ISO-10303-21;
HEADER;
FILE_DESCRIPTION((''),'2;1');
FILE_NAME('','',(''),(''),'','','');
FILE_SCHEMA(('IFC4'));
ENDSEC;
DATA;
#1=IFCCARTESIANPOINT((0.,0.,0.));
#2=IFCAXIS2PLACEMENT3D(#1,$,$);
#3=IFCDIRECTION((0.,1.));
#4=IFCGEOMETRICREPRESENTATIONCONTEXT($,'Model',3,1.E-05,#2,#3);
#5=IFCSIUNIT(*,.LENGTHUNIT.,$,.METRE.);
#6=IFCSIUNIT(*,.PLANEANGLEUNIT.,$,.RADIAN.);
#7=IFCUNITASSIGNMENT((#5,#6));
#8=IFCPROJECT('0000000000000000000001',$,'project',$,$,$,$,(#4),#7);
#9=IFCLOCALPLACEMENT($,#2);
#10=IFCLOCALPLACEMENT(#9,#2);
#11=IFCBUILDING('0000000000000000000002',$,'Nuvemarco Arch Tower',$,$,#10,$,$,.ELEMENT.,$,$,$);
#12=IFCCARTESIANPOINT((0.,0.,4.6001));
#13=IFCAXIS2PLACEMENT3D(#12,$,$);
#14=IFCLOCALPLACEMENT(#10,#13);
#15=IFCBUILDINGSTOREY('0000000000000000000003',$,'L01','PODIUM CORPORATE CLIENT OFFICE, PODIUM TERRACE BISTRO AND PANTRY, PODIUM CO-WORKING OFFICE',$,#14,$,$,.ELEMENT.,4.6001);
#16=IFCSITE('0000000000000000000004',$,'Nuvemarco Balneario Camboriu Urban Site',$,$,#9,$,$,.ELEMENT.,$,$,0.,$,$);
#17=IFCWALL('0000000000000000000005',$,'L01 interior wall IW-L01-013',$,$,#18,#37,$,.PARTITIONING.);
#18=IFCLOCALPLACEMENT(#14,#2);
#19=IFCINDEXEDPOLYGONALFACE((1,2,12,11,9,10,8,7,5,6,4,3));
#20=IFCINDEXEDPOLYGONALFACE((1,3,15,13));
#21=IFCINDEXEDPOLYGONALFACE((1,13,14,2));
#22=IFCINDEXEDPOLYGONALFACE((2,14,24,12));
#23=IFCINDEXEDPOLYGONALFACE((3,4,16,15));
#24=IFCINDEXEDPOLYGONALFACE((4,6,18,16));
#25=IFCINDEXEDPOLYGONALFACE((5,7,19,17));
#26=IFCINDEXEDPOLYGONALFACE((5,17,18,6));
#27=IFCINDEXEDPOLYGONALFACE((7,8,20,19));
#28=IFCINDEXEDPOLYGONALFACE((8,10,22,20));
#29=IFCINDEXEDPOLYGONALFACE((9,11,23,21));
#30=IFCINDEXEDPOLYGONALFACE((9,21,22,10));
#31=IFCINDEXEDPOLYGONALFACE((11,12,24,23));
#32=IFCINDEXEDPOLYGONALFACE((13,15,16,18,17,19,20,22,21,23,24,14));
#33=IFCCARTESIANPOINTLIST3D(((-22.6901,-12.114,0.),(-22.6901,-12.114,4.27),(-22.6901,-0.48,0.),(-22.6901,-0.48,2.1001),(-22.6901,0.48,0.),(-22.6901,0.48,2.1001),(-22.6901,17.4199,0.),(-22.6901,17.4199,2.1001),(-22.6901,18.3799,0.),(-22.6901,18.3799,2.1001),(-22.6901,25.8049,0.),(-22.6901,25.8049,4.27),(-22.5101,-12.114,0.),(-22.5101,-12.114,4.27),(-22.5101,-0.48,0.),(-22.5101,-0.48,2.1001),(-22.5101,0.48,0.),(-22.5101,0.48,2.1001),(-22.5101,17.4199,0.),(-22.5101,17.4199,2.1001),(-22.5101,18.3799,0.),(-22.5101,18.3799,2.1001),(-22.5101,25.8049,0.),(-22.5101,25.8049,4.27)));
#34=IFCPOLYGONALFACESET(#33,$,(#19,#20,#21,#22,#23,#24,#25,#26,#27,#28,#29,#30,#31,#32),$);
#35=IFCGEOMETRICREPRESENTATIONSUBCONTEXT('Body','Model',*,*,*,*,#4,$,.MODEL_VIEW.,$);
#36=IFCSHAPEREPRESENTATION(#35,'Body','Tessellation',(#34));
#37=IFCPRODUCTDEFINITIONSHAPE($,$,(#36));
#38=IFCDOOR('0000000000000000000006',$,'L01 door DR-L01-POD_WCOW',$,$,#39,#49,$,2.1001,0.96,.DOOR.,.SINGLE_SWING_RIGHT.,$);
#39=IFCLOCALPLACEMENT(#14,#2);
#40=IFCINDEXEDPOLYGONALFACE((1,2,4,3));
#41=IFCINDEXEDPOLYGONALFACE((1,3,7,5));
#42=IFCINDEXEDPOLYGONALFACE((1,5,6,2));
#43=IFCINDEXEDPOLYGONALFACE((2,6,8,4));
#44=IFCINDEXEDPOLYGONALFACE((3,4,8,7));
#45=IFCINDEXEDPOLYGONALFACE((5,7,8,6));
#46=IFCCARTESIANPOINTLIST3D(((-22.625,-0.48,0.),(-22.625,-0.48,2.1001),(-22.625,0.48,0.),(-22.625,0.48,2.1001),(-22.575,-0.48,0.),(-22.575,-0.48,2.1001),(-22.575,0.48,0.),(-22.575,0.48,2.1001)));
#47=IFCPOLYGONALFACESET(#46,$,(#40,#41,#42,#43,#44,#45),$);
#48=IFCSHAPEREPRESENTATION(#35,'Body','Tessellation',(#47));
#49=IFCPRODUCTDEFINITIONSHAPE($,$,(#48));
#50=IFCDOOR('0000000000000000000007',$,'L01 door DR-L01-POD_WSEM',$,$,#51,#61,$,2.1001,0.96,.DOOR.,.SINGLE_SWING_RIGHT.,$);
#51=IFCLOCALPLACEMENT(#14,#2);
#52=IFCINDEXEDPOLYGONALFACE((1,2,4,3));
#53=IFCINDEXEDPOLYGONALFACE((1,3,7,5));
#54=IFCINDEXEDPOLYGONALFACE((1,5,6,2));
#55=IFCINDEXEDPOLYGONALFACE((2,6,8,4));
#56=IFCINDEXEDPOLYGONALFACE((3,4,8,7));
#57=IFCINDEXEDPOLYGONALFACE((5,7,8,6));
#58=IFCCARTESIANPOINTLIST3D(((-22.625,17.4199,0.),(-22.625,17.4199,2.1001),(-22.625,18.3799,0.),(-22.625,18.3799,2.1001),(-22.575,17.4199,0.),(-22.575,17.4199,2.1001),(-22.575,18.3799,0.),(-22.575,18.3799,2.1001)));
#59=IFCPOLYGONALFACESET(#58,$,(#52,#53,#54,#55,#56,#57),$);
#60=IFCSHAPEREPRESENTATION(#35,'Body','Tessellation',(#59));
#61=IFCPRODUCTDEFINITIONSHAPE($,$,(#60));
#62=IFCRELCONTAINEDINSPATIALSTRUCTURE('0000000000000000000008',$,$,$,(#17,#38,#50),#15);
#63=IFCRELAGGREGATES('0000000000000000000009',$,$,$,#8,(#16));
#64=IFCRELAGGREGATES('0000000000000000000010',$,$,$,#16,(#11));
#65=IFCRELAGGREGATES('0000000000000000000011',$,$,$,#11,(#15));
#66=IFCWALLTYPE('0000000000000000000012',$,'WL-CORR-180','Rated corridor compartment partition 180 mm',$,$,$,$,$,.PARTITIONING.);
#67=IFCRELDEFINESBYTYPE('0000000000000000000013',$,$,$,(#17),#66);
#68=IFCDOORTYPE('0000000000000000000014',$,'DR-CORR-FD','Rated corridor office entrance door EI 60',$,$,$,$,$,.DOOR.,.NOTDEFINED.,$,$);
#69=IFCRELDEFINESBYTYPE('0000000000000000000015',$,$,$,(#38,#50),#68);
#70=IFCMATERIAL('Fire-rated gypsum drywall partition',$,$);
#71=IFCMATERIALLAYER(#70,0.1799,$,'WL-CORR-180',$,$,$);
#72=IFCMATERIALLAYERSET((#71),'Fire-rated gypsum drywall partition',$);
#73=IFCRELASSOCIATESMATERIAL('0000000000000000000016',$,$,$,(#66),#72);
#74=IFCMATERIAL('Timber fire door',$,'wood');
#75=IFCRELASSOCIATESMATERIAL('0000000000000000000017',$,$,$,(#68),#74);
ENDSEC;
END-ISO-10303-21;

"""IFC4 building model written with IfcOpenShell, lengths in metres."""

from ifc_helpers import new_model, si_unit, direction, frame, frame_2d, origin, place, context, subcontext, project, spatial, rectangle, extrude, source, transform, mapped, material, layer, layer_set, type_object, type_shapes, element, fill, save


model = new_model("IFC4")

# Units and contexts
model_context = context("Model", 3, precision=1e-05, world=origin(), true_north=direction((0.0, 1.0)))
body_context = subcontext(model_context, "Body", "Model", "MODEL_VIEW")
ifc_project = project(units=[si_unit("LENGTHUNIT", "METRE"), si_unit("PLANEANGLEUNIT", "RADIAN")], contexts=[model_context])

# Site, building, storey
site_placement = place(None, origin())
site = spatial("IfcSite", under=ifc_project, at=site_placement, Name="Nuvemarco Balneario Camboriu Urban Site", CompositionType="ELEMENT", RefElevation=0.0)
building_placement = place(site_placement, origin())
building = spatial("IfcBuilding", under=site, at=building_placement, Name="Nuvemarco Arch Tower", CompositionType="ELEMENT")
storey_placement = place(building_placement, frame((0.0, 0.0, 4.6001)))
storey = spatial("IfcBuildingStorey", under=building, at=storey_placement, Name="L01", Description="PODIUM CORPORATE CLIENT OFFICE, PODIUM TERRACE BISTRO AND PANTRY, PODIUM CO-WORKING OFFICE", CompositionType="ELEMENT", Elevation=4.6001)

# Wall, openings, doors
ifc_material_1 = material(Name="Fire-rated gypsum drywall partition")
ifc_layer_1 = layer(ifc_material_1, 0.1799, Name="WL-CORR-180")
ifc_layer_set_1 = layer_set([ifc_layer_1], Name="Fire-rated gypsum drywall partition")
wall_type_1 = type_object("IfcWallType", Name="WL-CORR-180", Description="Rated corridor compartment partition 180 mm", PredefinedType="PARTITIONING", material=ifc_layer_set_1)
wall_1_placement = place(storey_placement, frame((-22.6001, -12.114, 0.0), z_axis=(0.0, 0.0, 1.0), x_axis=(0.0, 1.0, 0.0)))
wall_1 = element("IfcWall", 1, at=wall_1_placement, inside=storey, type_object=wall_type_1, Name="L01 interior wall IW-L01-013", PredefinedType="PARTITIONING", context=body_context, shape_type="SweptSolid", body=[
    extrude(rectangle(XDim=37.9189, YDim=0.1799, at=frame_2d((18.9595, 0.0))), origin(), (0.0, 0.0, 1.0), 4.27),
])
opening_1_placement = place(wall_1_placement, frame((11.634, 0.0, 0.0)))
opening_1 = element("IfcOpeningElement", 2, at=opening_1_placement, cuts=wall_1, PredefinedType="OPENING", context=body_context, shape_type="SweptSolid", body=[
    extrude(rectangle(XDim=0.96, YDim=2.1001, at=frame_2d((0.48, 1.05))), frame((0.0, 0.0999, 0.0), z_axis=(0.0, -1.0, 0.0), x_axis=(1.0, 0.0, 0.0)), (0.0, 0.0, 1.0), 0.2),
])
opening_2_placement = place(wall_1_placement, frame((29.5339, 0.0, 0.0)))
opening_2 = element("IfcOpeningElement", 3, at=opening_2_placement, cuts=wall_1, PredefinedType="OPENING", context=body_context, shape_type="SweptSolid", body=[
    extrude(rectangle(XDim=0.96, YDim=2.1001, at=frame_2d((0.48, 1.05))), frame((0.0, 0.0999, 0.0), z_axis=(0.0, -1.0, 0.0), x_axis=(1.0, 0.0, 0.0)), (0.0, 0.0, 1.0), 0.2),
])
ifc_material_2 = material(Name="Timber fire door", Category="wood")
door_type = type_object("IfcDoorType", Name="DR-CORR-FD", Description="Rated corridor office entrance door EI 60", OperationType="NOTDEFINED", PredefinedType="DOOR", material=ifc_material_2)
shared_shape_1 = source(origin(), body_context, "Body", "SweptSolid", [
    extrude(rectangle(XDim=0.96, YDim=2.1001, at=frame_2d((0.48, 1.05))), frame((0.0, 0.0249, 0.0), z_axis=(0.0, -1.0, 0.0), x_axis=(1.0, 0.0, 0.0)), (0.0, 0.0, 1.0), 0.05),
])
type_shapes(door_type, [shared_shape_1])
door_1_placement = place(opening_1_placement, origin())
door_1 = element("IfcDoor", 4, at=door_1_placement, inside=storey, type_object=door_type, Name="L01 door DR-L01-POD_WCOW", OperationType="SINGLE_SWING_RIGHT", OverallHeight=2.1001, OverallWidth=0.96, PredefinedType="DOOR", context=body_context, shape_type="MappedRepresentation", body=[
    mapped(shared_shape_1, transform((0.0, 0.0, 0.0), scale=1.0)),
])
fill(opening_1, door_1)
door_2_placement = place(opening_2_placement, origin())
door_2 = element("IfcDoor", 5, at=door_2_placement, inside=storey, type_object=door_type, Name="L01 door DR-L01-POD_WSEM", OperationType="SINGLE_SWING_RIGHT", OverallHeight=2.1001, OverallWidth=0.96, PredefinedType="DOOR", context=body_context, shape_type="MappedRepresentation", body=[
    mapped(shared_shape_1, transform((0.0, 0.0, 0.0), scale=1.0)),
])
fill(opening_2, door_2)

save(model, "model.ifc")
